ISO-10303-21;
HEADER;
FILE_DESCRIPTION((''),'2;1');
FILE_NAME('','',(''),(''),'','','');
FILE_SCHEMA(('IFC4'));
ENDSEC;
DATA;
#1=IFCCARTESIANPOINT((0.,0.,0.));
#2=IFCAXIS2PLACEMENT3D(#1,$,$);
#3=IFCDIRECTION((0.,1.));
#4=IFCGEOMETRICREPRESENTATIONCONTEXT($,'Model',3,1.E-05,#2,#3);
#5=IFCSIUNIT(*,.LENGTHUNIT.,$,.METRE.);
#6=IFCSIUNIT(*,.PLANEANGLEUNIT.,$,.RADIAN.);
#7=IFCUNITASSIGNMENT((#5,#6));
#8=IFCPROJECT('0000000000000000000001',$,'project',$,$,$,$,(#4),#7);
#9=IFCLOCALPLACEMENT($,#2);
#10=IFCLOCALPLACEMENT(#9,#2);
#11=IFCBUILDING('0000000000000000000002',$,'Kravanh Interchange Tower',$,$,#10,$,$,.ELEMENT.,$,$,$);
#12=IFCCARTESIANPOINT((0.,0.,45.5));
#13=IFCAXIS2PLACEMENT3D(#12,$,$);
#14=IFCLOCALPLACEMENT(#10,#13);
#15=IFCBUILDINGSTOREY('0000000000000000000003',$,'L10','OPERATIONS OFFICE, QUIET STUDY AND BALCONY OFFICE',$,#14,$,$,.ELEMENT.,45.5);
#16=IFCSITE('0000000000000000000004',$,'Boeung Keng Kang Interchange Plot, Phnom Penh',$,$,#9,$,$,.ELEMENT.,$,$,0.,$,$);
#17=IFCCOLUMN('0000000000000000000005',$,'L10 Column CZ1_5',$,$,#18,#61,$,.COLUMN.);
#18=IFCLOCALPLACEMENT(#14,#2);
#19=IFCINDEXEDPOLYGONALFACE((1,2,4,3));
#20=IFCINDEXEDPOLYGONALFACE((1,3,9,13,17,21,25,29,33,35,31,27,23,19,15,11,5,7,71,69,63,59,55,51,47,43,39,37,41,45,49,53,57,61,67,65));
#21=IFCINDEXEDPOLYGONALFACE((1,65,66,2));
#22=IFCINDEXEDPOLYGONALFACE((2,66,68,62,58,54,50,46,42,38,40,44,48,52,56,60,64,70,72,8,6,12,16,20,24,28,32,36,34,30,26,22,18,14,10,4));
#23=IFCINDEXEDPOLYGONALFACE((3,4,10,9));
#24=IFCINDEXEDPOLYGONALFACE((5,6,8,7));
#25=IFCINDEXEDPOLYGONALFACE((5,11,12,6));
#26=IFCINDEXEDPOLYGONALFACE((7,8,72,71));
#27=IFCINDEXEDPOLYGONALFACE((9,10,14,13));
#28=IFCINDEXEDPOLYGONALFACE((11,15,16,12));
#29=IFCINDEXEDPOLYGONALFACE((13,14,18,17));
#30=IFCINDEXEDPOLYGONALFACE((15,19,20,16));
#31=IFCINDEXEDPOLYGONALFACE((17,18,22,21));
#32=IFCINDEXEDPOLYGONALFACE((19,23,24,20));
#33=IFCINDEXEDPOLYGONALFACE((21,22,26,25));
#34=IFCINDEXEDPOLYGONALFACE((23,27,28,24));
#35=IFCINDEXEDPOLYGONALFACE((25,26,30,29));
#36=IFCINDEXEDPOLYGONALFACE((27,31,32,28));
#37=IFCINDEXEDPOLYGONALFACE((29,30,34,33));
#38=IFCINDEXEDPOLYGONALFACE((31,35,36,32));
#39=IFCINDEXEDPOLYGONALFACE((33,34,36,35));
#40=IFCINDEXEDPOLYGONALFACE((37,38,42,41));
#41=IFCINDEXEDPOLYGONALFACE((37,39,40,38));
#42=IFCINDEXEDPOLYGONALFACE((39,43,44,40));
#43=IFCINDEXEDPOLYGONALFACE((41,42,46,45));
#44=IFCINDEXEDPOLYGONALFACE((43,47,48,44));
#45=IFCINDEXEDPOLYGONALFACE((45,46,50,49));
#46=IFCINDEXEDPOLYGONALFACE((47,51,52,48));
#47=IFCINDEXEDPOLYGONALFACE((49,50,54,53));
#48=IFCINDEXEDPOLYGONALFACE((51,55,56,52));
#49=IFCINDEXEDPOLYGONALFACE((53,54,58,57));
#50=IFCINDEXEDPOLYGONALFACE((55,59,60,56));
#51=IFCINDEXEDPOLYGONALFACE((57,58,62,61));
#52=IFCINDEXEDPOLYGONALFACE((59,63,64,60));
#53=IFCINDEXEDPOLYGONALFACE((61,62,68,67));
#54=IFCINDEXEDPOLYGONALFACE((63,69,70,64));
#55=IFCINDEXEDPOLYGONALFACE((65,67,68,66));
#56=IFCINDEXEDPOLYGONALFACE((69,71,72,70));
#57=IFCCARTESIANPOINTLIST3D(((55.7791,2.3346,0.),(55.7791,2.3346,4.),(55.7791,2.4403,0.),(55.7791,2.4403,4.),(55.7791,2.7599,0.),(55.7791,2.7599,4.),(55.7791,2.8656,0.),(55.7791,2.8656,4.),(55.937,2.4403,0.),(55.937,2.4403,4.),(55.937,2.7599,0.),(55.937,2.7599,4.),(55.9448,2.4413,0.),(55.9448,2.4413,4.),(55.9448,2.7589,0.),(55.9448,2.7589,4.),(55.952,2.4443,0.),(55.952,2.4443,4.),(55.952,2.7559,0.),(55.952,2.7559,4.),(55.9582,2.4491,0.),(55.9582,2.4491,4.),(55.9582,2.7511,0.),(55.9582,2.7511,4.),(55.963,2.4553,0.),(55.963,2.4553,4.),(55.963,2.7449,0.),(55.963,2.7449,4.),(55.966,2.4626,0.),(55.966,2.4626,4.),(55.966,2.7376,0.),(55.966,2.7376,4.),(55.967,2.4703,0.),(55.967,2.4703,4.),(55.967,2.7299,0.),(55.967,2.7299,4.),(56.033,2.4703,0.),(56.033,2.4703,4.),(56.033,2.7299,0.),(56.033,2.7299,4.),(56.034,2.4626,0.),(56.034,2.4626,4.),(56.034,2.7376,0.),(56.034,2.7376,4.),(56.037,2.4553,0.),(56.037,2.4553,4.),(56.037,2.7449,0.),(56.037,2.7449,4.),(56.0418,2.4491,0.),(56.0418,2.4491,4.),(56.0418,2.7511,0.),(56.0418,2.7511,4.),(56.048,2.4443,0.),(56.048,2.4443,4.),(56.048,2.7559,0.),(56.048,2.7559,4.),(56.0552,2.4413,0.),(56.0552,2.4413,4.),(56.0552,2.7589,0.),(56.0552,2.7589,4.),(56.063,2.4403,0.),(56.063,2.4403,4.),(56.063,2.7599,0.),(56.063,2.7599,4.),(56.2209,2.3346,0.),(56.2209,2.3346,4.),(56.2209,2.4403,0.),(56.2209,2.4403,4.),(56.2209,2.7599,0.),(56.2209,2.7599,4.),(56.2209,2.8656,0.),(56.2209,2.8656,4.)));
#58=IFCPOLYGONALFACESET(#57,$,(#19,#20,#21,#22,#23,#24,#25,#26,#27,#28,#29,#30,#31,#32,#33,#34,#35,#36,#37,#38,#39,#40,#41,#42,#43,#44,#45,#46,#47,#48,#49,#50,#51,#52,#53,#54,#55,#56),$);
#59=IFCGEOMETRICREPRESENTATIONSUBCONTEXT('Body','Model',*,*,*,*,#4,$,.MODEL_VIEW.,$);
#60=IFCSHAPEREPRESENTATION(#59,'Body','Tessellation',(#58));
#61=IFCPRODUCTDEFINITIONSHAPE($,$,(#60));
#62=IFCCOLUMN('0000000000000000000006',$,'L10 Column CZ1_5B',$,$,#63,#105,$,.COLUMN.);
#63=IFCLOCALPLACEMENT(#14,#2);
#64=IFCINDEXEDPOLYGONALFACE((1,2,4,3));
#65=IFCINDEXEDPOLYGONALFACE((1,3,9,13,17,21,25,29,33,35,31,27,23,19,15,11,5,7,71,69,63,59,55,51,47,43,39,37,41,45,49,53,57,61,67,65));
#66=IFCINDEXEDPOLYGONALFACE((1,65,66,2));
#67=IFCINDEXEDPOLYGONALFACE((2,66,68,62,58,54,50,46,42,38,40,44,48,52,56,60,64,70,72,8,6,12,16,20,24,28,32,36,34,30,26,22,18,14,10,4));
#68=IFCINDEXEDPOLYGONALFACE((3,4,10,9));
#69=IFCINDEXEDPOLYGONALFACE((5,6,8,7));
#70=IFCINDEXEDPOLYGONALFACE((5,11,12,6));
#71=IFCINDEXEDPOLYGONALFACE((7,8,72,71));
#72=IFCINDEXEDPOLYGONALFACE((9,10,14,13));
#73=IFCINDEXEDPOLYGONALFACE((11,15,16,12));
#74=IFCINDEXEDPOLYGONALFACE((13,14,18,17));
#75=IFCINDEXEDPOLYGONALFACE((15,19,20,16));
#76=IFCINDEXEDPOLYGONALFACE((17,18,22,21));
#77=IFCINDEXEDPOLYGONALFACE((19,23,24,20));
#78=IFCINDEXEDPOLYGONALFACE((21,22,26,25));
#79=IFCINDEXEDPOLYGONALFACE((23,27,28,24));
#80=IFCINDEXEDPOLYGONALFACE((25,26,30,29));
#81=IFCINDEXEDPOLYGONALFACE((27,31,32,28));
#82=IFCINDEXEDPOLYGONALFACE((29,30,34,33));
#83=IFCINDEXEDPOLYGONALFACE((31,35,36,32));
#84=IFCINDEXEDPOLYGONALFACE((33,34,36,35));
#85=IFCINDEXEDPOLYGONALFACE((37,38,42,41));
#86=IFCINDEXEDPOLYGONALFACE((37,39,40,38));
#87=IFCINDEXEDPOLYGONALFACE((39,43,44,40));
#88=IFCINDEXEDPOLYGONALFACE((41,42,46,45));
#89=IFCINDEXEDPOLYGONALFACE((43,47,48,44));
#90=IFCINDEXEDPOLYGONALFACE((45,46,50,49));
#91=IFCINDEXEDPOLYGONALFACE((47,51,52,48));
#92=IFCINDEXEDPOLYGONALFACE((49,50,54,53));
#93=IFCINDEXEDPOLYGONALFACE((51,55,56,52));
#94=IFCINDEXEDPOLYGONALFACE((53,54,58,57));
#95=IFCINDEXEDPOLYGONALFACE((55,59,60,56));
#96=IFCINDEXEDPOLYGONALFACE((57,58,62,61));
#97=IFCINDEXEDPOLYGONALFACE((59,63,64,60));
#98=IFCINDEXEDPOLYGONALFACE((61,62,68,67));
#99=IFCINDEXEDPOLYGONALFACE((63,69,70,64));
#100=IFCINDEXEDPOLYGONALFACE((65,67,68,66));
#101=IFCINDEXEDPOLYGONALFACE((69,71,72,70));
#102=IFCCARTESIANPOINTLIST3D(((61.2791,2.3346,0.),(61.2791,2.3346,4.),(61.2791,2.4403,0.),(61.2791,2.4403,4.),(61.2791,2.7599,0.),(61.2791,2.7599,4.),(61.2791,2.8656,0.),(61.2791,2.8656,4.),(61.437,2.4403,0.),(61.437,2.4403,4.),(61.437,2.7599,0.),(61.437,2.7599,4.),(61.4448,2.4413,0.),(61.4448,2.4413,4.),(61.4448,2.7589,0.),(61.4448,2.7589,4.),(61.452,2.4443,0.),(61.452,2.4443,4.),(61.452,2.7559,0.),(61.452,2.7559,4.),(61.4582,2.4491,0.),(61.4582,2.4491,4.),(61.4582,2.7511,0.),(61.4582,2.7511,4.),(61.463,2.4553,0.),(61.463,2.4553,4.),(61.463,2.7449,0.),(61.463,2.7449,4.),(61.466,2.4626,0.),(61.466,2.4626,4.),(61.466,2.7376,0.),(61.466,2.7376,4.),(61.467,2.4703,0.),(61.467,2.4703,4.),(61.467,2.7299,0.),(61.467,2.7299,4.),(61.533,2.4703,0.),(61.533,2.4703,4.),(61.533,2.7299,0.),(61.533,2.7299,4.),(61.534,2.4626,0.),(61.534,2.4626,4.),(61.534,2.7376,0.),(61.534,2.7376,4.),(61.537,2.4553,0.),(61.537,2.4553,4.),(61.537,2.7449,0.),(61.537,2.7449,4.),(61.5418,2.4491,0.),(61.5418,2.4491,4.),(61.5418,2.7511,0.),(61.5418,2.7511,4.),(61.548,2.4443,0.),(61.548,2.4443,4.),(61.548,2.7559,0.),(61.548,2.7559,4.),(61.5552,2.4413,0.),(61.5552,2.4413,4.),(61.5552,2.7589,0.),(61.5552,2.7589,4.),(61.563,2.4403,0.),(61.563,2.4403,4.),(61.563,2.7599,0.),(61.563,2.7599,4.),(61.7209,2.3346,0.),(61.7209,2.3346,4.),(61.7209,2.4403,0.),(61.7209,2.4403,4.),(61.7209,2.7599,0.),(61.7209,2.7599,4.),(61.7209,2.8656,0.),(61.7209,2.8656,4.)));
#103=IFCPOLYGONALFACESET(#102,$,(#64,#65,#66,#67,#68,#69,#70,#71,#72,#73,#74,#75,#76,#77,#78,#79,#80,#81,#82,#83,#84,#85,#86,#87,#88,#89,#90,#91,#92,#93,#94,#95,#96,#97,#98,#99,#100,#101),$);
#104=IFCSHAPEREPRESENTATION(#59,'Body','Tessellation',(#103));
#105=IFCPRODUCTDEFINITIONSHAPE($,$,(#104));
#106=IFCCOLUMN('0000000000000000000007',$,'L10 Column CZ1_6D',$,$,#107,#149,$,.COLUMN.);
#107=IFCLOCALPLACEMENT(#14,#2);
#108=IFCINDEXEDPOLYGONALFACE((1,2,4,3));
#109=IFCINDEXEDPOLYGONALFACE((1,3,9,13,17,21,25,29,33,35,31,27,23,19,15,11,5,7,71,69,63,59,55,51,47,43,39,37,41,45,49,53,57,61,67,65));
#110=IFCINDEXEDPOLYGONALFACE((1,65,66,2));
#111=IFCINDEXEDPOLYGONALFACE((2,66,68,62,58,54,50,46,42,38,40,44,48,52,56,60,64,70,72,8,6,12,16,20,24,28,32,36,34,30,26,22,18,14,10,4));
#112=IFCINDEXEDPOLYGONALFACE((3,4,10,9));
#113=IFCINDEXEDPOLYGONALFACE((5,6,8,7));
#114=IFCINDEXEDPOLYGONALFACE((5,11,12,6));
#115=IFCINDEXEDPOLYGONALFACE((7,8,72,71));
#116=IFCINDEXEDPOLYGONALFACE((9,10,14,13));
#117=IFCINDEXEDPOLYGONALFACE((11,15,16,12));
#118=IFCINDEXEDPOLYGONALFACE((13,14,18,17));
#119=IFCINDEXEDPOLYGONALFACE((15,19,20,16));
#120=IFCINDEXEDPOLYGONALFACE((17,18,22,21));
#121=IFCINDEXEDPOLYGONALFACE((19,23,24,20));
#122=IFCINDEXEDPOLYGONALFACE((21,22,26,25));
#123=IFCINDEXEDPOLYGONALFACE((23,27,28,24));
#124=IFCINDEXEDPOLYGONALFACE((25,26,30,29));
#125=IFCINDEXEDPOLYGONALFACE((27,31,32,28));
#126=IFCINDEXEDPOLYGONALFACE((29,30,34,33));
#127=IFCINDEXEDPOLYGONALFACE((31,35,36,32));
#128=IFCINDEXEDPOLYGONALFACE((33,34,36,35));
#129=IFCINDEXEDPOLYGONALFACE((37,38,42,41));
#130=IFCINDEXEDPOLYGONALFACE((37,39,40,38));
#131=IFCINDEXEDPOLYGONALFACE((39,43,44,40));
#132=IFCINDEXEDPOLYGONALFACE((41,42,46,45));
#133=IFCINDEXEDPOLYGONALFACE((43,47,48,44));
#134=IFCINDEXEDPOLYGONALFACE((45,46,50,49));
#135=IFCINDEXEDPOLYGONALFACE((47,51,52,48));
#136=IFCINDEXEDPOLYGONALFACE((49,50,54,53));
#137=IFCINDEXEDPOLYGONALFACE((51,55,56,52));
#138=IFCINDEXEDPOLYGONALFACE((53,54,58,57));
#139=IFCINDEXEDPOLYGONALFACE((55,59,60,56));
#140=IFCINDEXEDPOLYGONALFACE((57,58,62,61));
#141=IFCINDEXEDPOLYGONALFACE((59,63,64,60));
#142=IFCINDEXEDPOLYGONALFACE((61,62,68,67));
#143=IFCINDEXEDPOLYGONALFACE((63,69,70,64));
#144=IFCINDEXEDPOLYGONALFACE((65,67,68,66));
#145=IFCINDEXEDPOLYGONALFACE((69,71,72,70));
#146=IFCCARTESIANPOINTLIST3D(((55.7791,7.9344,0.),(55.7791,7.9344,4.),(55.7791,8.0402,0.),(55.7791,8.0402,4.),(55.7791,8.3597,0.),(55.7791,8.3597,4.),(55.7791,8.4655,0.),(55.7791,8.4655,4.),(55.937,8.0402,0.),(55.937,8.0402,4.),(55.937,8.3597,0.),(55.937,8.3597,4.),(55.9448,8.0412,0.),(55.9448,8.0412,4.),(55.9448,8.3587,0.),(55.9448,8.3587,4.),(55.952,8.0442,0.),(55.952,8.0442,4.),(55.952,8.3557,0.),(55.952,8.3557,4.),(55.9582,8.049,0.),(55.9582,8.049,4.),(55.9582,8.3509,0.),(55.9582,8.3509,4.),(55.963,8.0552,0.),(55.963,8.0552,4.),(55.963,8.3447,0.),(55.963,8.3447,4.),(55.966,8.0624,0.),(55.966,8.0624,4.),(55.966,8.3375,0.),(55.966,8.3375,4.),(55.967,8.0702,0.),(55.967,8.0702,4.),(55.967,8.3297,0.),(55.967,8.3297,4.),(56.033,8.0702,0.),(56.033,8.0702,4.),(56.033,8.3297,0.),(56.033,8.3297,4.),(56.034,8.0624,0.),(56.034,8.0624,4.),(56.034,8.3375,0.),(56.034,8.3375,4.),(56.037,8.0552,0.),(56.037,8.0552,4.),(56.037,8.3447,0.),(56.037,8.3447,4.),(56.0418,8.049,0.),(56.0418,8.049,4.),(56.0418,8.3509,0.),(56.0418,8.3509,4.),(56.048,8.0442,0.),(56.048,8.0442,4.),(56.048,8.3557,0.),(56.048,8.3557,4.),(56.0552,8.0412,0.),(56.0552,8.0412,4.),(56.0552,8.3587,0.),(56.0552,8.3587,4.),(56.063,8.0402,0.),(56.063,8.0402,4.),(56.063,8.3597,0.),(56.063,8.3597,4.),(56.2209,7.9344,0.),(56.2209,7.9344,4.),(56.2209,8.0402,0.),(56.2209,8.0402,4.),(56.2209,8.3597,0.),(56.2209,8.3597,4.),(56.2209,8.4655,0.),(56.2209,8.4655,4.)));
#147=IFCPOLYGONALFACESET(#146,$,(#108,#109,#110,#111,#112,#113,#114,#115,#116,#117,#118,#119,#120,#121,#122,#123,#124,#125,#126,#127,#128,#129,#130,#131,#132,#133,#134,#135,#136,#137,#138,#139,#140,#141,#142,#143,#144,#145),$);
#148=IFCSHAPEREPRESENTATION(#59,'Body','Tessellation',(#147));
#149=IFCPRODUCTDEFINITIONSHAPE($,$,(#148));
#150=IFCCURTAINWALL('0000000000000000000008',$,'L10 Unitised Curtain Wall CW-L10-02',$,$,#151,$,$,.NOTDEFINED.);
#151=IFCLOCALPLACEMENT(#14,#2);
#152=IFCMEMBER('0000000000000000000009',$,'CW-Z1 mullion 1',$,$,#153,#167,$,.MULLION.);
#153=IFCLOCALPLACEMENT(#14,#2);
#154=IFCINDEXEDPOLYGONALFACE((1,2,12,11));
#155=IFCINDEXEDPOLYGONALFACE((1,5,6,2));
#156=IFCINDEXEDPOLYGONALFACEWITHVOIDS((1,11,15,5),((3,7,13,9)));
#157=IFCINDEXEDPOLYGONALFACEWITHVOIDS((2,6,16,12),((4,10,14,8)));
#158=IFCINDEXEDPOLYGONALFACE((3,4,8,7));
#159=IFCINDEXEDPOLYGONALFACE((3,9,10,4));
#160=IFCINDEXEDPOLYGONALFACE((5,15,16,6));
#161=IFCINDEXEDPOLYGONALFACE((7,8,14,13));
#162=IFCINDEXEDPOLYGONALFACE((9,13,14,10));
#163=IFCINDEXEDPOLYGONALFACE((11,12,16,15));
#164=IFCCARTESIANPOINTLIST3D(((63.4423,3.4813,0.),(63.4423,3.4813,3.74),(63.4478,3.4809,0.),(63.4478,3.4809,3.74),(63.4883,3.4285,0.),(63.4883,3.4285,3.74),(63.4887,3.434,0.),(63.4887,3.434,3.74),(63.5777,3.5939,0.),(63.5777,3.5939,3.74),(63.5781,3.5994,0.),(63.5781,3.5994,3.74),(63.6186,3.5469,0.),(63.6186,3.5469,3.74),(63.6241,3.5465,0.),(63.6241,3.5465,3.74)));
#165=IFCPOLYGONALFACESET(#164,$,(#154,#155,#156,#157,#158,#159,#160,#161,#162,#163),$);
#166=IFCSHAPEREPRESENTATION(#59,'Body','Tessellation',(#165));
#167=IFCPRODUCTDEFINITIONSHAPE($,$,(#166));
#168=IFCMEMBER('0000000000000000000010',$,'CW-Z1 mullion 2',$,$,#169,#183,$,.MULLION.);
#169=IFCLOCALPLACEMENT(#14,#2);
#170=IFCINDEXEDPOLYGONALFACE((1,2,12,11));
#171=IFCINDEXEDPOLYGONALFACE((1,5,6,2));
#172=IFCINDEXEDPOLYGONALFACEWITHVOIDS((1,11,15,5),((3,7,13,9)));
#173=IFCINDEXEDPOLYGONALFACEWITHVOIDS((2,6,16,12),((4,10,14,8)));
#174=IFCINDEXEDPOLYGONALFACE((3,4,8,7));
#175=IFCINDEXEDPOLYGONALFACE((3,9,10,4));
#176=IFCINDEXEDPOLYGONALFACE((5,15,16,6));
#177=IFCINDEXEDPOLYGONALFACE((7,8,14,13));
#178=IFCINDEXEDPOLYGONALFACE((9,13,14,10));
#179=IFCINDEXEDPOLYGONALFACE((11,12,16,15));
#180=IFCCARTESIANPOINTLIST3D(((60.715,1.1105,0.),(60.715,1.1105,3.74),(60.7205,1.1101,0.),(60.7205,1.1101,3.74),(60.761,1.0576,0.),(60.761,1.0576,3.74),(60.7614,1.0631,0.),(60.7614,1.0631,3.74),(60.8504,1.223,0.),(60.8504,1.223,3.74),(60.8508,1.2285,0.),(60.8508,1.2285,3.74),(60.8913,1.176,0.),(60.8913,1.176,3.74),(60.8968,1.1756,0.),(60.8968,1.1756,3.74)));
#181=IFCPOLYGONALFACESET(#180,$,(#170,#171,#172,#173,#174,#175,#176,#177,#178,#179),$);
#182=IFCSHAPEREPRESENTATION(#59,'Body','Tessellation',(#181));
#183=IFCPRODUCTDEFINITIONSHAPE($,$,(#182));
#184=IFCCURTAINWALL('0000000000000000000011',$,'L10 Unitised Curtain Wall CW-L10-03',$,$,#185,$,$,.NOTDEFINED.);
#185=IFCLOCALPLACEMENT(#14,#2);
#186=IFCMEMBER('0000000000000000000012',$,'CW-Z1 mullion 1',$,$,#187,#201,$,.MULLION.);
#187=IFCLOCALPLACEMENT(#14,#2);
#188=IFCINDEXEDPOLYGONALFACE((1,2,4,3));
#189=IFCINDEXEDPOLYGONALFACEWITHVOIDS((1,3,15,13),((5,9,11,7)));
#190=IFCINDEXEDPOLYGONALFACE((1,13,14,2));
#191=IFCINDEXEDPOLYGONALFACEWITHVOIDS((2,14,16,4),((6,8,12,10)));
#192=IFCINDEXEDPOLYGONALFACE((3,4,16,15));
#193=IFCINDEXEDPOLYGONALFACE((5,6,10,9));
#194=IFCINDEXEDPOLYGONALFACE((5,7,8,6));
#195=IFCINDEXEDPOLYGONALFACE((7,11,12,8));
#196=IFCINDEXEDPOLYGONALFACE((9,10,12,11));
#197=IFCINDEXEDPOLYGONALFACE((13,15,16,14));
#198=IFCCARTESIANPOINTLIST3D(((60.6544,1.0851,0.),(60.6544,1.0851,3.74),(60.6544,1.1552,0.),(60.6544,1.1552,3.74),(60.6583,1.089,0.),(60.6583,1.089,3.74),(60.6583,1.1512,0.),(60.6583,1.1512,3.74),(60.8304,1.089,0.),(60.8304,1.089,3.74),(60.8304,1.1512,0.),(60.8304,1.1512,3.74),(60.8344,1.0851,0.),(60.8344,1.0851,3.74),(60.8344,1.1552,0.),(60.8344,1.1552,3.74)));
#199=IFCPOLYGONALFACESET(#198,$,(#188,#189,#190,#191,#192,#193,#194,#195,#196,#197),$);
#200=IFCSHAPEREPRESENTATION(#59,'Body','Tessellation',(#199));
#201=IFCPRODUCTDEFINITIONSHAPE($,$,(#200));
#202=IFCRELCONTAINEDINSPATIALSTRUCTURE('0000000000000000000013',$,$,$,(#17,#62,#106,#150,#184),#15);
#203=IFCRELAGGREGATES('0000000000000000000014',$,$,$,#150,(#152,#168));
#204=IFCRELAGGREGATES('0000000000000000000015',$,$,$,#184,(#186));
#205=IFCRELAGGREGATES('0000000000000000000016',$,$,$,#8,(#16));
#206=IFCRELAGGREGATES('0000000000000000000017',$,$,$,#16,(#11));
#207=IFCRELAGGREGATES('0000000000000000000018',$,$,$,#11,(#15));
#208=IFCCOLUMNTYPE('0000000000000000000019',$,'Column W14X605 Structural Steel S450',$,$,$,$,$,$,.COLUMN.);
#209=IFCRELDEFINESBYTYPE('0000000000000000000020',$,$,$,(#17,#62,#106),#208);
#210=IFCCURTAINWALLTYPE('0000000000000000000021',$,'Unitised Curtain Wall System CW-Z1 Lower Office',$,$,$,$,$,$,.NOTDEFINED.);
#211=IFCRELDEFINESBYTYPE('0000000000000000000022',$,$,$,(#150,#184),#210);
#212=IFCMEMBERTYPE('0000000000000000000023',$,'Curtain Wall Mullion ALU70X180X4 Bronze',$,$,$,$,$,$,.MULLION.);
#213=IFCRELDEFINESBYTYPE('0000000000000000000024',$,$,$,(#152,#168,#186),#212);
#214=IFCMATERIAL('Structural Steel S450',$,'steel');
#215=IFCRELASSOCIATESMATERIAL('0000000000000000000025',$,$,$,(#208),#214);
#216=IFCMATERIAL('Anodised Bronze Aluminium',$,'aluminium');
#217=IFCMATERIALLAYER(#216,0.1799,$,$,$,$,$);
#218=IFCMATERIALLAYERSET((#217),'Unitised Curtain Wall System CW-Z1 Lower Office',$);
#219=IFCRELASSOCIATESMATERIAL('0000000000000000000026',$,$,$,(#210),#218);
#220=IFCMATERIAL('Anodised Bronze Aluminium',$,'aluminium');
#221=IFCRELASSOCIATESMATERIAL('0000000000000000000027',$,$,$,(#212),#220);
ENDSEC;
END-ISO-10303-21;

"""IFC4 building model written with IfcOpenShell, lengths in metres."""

from ifc_helpers import new_model, si_unit, direction, frame, origin, origin_2d, place, context, subcontext, project, spatial, hollow_rectangle, i_section, extrude, material, layer, layer_set, material_profile, profile_set, type_object, element, aggregate, save


model = new_model("IFC4")

# Units and contexts
model_context = context("Model", 3, precision=1e-05, world=origin(), true_north=direction((0.0, 1.0)))
body_context = subcontext(model_context, "Body", "Model", "MODEL_VIEW")
ifc_project = project(units=[si_unit("LENGTHUNIT", "METRE"), si_unit("PLANEANGLEUNIT", "RADIAN")], contexts=[model_context])

# Site, building, storey
site_placement = place(None, origin())
site = spatial("IfcSite", under=ifc_project, at=site_placement, Name="Boeung Keng Kang Interchange Plot, Phnom Penh", CompositionType="ELEMENT", RefElevation=0.0)
building_placement = place(site_placement, origin())
building = spatial("IfcBuilding", under=site, at=building_placement, Name="Kravanh Interchange Tower", CompositionType="ELEMENT")
storey_placement = place(building_placement, frame((0.0, 0.0, 45.5)))
storey = spatial("IfcBuildingStorey", under=building, at=storey_placement, Name="L10", Description="OPERATIONS OFFICE, QUIET STUDY AND BALCONY OFFICE", CompositionType="ELEMENT", Elevation=45.5)

# Columns
ifc_material_1 = material(Name="Structural Steel S450", Category="steel")
ifc_material_profile_1 = material_profile(ifc_material_1, i_section(OverallWidth=0.4419, OverallDepth=0.531, WebThickness=0.0659, FlangeThickness=0.1057, FilletRadius=0.03, at=origin_2d()), Name="W14X605")
ifc_profile_set_1 = profile_set([ifc_material_profile_1], Name="Structural Steel S450")
column_type = type_object("IfcColumnType", Name="Column W14X605 Structural Steel S450", PredefinedType="COLUMN", material=ifc_profile_set_1)
for number, where, z_axis, x_axis, name in (
    (1, (56.0, 2.6001, 0.0), (0.0, 0.0, 1.0), (1.0, 0.0, 0.0), "L10 Column CZ1_5"),
    (2, (61.5, 2.6001, 0.0), (0.0, 0.0, 1.0), (1.0, 0.0, 0.0), "L10 Column CZ1_5B"),
    (3, (56.0, 8.2, 0.0), (0.0, 0.0, 1.0), (1.0, 0.0, 0.0), "L10 Column CZ1_6D"),
):
    element("IfcColumn", number, at=place(storey_placement, frame(where, z_axis=z_axis, x_axis=x_axis)), inside=storey, type_object=column_type, Name=name, PredefinedType="COLUMN", context=body_context, shape_type="SweptSolid", body=[
        extrude(i_section(OverallWidth=0.4419, OverallDepth=0.531, WebThickness=0.0659, FlangeThickness=0.1057, FilletRadius=0.03, at=origin_2d()), origin(), (0.0, 0.0, 1.0), 4.0),
    ])

# Curtain walls, members
ifc_material_2 = material(Name="Anodised Bronze Aluminium", Category="aluminium")
ifc_layer_1 = layer(ifc_material_2, 0.1799)
ifc_layer_set_1 = layer_set([ifc_layer_1], Name="Unitised Curtain Wall System CW-Z1 Lower Office")
curtain_wall_type = type_object("IfcCurtainWallType", Name="Unitised Curtain Wall System CW-Z1 Lower Office", PredefinedType="NOTDEFINED", material=ifc_layer_set_1)
curtain_wall_1_placement = place(storey_placement, origin())
curtain_wall_1 = element("IfcCurtainWall", 4, at=curtain_wall_1_placement, inside=storey, type_object=curtain_wall_type, Name="L10 Unitised Curtain Wall CW-L10-02", PredefinedType="NOTDEFINED")
ifc_material_3 = material(Name="Anodised Bronze Aluminium", Category="aluminium")
ifc_material_profile_2 = material_profile(ifc_material_3, hollow_rectangle(XDim=0.0701, YDim=0.1799, WallThickness=0.0039, at=origin_2d()), Name="ALU70X180X4")
ifc_profile_set_2 = profile_set([ifc_material_profile_2], Name="Anodised Bronze Aluminium")
member_type_1 = type_object("IfcMemberType", Name="Curtain Wall Mullion ALU70X180X4 Bronze", PredefinedType="MULLION", material=ifc_profile_set_2)
member_1_placement = place(storey_placement, frame((63.5332, 3.5139, 0.0), z_axis=(0.0, 0.0, 1.0), x_axis=(0.65606, -0.754708, 0.0)))
member_1 = element("IfcMember", 5, at=member_1_placement, type_object=member_type_1, Name="CW-Z1 mullion 1", PredefinedType="MULLION", context=body_context, shape_type="SweptSolid", body=[
    extrude(hollow_rectangle(XDim=0.0701, YDim=0.1799, WallThickness=0.0039, at=origin_2d()), origin(), (0.0, 0.0, 1.0), 3.74),
])
member_2_placement = place(storey_placement, frame((60.8059, 1.1431, 0.0), z_axis=(0.0, 0.0, 1.0), x_axis=(0.65606, -0.754708, 0.0)))
member_2 = element("IfcMember", 6, at=member_2_placement, type_object=member_type_1, Name="CW-Z1 mullion 2", PredefinedType="MULLION", context=body_context, shape_type="SweptSolid", body=[
    extrude(hollow_rectangle(XDim=0.0701, YDim=0.1799, WallThickness=0.0039, at=origin_2d()), origin(), (0.0, 0.0, 1.0), 3.74),
])
curtain_wall_2_placement = place(storey_placement, origin())
curtain_wall_2 = element("IfcCurtainWall", 7, at=curtain_wall_2_placement, inside=storey, type_object=curtain_wall_type, Name="L10 Unitised Curtain Wall CW-L10-03", PredefinedType="NOTDEFINED")
member_3_placement = place(storey_placement, frame((60.7444, 1.1201, 0.0), z_axis=(0.0, 0.0, 1.0), x_axis=(0.0, -1.0, 0.0)))
member_3 = element("IfcMember", 8, at=member_3_placement, type_object=member_type_1, Name="CW-Z1 mullion 1", PredefinedType="MULLION", context=body_context, shape_type="SweptSolid", body=[
    extrude(hollow_rectangle(XDim=0.0701, YDim=0.1799, WallThickness=0.0039, at=origin_2d()), origin(), (0.0, 0.0, 1.0), 3.74),
])

aggregate(curtain_wall_1, [member_1, member_2])
aggregate(curtain_wall_2, [member_3])

save(model, "model.ifc")
